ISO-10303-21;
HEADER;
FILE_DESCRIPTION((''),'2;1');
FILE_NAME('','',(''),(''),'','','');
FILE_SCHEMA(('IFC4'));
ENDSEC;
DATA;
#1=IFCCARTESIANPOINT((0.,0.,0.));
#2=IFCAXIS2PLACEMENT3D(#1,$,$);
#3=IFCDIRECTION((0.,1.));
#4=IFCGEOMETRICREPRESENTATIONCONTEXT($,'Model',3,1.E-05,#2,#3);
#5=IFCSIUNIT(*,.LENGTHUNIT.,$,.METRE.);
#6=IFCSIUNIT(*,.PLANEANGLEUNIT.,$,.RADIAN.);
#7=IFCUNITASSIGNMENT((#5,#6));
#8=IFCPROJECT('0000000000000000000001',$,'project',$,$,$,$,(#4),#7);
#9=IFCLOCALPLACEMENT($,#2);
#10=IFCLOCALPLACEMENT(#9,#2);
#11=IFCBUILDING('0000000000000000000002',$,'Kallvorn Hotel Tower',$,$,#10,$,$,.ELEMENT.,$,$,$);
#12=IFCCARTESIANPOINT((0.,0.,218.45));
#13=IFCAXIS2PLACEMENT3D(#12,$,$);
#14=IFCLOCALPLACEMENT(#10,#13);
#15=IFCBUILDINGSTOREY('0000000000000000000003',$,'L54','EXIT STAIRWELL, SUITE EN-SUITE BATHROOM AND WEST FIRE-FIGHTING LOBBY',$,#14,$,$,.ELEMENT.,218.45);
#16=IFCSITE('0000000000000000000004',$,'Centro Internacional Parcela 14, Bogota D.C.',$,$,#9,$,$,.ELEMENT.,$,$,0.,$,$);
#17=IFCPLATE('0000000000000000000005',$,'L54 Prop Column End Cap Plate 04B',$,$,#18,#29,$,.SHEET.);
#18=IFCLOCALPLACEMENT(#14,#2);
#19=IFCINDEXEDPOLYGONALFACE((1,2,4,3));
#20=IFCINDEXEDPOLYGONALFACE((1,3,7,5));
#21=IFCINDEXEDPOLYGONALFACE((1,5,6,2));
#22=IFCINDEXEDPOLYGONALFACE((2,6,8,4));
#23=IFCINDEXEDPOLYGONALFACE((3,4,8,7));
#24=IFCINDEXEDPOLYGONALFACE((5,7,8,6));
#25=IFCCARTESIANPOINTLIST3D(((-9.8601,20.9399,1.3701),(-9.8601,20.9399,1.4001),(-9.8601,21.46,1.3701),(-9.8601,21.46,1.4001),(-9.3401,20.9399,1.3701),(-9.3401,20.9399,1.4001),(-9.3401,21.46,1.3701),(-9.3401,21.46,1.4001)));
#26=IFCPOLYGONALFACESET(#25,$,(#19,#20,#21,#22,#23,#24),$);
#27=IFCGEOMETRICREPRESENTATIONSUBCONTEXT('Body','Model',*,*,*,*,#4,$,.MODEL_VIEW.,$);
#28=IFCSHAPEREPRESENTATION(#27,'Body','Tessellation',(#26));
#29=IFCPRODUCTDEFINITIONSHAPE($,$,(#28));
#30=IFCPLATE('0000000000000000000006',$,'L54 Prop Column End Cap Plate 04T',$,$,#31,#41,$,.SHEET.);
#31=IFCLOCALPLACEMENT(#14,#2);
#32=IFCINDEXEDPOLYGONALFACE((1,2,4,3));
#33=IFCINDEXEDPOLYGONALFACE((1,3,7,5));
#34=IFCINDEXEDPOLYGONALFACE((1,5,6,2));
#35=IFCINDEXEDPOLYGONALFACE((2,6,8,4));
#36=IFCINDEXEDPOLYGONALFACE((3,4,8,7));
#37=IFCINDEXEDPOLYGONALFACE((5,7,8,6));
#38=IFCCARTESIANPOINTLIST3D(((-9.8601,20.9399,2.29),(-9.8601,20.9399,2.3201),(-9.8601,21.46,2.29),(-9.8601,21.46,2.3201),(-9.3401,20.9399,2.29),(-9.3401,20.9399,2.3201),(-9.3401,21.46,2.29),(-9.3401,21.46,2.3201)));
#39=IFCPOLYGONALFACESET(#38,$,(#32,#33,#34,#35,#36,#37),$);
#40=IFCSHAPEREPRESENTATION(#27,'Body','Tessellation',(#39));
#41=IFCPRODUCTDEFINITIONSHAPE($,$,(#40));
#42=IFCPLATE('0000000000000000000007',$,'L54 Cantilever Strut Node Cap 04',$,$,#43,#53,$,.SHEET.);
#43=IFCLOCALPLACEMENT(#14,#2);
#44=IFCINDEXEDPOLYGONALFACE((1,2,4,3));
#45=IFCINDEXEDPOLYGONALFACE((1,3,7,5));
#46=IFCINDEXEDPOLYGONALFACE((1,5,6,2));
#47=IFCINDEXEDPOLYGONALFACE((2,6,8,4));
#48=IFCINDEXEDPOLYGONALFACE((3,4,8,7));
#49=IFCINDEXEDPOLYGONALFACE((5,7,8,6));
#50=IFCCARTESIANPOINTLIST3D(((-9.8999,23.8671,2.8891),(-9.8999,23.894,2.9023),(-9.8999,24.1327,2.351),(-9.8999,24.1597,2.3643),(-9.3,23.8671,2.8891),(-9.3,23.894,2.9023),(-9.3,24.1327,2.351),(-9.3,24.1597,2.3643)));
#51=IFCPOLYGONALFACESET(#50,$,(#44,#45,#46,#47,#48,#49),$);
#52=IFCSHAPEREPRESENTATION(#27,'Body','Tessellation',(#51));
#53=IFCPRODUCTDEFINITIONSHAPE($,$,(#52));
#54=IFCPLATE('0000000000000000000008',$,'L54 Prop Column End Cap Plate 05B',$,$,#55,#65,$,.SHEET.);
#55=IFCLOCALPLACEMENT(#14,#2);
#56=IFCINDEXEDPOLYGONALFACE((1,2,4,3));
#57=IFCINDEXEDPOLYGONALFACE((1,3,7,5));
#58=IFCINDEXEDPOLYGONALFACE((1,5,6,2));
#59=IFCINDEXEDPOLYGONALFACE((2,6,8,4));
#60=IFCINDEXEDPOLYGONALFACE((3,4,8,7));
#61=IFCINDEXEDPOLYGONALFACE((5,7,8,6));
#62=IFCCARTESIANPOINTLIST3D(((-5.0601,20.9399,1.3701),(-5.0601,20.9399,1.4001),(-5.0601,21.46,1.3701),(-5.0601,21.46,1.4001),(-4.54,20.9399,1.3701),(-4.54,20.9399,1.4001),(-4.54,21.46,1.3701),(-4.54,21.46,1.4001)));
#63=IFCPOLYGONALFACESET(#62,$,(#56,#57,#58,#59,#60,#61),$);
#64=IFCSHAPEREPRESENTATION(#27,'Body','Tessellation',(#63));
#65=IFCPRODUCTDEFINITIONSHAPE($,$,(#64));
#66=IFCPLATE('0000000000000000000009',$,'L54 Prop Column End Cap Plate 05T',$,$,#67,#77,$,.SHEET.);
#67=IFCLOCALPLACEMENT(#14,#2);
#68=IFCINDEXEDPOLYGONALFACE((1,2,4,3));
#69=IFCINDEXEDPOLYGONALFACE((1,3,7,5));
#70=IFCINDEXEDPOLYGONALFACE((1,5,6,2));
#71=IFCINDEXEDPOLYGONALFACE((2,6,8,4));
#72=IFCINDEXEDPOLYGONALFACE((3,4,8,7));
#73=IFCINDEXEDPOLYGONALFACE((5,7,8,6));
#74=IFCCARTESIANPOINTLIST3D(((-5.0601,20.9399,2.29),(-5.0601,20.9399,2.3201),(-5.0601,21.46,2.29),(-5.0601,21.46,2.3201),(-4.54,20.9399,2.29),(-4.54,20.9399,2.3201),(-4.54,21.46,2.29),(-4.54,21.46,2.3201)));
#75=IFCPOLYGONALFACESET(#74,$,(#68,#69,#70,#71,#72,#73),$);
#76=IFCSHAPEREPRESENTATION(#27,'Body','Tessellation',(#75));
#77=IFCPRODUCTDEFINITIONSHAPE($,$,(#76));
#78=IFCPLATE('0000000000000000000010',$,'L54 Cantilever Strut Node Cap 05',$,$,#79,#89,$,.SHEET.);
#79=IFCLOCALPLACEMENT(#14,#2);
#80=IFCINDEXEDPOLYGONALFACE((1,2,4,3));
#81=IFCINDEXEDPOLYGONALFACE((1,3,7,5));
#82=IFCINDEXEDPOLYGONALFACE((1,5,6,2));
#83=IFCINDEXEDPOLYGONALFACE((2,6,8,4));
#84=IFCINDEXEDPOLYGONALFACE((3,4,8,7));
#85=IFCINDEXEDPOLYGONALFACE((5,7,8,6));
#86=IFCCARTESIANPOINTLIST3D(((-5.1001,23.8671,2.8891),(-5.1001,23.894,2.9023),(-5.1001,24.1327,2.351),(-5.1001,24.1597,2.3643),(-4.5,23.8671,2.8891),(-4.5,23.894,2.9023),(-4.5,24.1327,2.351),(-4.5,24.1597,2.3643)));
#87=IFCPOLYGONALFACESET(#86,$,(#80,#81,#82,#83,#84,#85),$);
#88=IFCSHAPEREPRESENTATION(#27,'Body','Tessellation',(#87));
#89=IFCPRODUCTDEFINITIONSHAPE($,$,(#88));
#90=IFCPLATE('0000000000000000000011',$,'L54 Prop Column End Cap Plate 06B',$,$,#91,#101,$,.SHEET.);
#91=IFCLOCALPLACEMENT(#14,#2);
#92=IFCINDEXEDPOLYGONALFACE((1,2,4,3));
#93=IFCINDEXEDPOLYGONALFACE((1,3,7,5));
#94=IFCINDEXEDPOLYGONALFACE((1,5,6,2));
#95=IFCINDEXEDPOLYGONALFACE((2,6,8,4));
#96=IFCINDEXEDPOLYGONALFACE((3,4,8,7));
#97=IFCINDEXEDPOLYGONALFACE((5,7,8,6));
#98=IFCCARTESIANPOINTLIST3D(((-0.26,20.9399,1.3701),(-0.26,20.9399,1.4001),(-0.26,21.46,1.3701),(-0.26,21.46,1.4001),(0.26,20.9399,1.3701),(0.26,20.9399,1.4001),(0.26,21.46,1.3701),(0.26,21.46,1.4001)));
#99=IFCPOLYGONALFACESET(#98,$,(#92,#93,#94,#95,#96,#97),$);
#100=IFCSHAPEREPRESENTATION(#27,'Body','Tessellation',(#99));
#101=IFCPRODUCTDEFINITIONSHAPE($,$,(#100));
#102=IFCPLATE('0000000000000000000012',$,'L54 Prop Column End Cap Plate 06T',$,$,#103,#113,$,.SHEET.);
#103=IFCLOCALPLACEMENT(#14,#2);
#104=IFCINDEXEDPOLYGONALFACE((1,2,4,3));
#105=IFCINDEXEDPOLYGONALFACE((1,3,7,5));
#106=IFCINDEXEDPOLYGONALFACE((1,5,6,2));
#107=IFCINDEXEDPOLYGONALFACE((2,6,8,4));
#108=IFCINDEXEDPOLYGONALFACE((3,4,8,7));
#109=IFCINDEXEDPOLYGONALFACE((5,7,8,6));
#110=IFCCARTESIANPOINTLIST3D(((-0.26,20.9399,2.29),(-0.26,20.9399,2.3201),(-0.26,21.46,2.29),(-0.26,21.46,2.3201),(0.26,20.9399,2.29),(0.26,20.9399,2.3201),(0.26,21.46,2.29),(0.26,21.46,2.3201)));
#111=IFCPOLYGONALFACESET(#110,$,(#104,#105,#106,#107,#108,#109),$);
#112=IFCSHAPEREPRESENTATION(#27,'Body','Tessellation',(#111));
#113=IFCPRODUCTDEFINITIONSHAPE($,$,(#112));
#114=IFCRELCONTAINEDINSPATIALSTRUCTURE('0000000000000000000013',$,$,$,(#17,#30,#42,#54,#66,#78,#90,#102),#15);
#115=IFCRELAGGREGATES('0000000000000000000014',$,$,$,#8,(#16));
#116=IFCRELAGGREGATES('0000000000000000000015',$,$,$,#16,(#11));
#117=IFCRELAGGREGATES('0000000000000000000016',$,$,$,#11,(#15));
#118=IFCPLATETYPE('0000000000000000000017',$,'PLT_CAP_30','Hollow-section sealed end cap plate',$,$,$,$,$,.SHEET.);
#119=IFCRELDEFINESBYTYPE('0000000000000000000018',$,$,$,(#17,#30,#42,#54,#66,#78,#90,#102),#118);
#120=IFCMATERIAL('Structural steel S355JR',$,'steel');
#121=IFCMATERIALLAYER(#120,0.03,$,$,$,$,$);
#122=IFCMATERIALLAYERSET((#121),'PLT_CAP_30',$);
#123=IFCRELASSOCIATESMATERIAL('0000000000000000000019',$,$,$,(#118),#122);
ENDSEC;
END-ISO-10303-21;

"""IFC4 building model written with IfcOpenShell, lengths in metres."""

from ifc_helpers import new_model, si_unit, direction, frame, origin, origin_2d, place, context, subcontext, project, spatial, polyline, rectangle, outline, extrude, material, layer, layer_set, type_object, element, save


model = new_model("IFC4")

# Units and contexts
model_context = context("Model", 3, precision=1e-05, world=origin(), true_north=direction((0.0, 1.0)))
body_context = subcontext(model_context, "Body", "Model", "MODEL_VIEW")
ifc_project = project(units=[si_unit("LENGTHUNIT", "METRE"), si_unit("PLANEANGLEUNIT", "RADIAN")], contexts=[model_context])

# Site, building, storey
site_placement = place(None, origin())
site = spatial("IfcSite", under=ifc_project, at=site_placement, Name="Centro Internacional Parcela 14, Bogota D.C.", CompositionType="ELEMENT", RefElevation=0.0)
building_placement = place(site_placement, origin())
building = spatial("IfcBuilding", under=site, at=building_placement, Name="Kallvorn Hotel Tower", CompositionType="ELEMENT")
storey_placement = place(building_placement, frame((0.0, 0.0, 218.45)))
storey = spatial("IfcBuildingStorey", under=building, at=storey_placement, Name="L54", Description="EXIT STAIRWELL, SUITE EN-SUITE BATHROOM AND WEST FIRE-FIGHTING LOBBY", CompositionType="ELEMENT", Elevation=218.45)

# Plates
ifc_material_1 = material(Name="Structural steel S355JR", Category="steel")
ifc_layer_1 = layer(ifc_material_1, 0.03)
ifc_layer_set_1 = layer_set([ifc_layer_1], Name="PLT_CAP_30")
plate_type_1 = type_object("IfcPlateType", Name="PLT_CAP_30", Description="Hollow-section sealed end cap plate", PredefinedType="SHEET", material=ifc_layer_set_1)
for number, where, z_axis, x_axis, name in (
    (1, (-9.6001, 21.2, 1.3701), (0.0, 0.0, 1.0), (1.0, 0.0, 0.0), "L54 Prop Column End Cap Plate 04B"),
    (2, (-9.6001, 21.2, 2.29), (0.0, 0.0, 1.0), (1.0, 0.0, 0.0), "L54 Prop Column End Cap Plate 04T"),
):
    element("IfcPlate", number, at=place(storey_placement, frame(where, z_axis=z_axis, x_axis=x_axis)), inside=storey, type_object=plate_type_1, Name=name, PredefinedType="SHEET", context=body_context, shape_type="SweptSolid", body=[
        extrude(rectangle(XDim=0.52, YDim=0.52, at=origin_2d()), origin(), (0.0, 0.0, 1.0), 0.03),
    ])
plate_1_placement = place(storey_placement, frame((-9.3, 24.1597, 2.3643), z_axis=(0.0, 0.896694, 0.442651), x_axis=(-1.0, 0.0, 0.0)))
element("IfcPlate", 3, at=plate_1_placement, inside=storey, type_object=plate_type_1, Name="L54 Cantilever Strut Node Cap 04", PredefinedType="SHEET", context=body_context, shape_type="SweptSolid", body=[
    extrude(outline(polyline([(0.0, 0.0), (0.5999, 0.0), (0.5999, 0.6001), (0.0, 0.6001), (0.0, 0.0)])), origin(), (0.0, 0.0, -1.0), 0.03),
])
for number, where, z_axis, x_axis, name in (
    (4, (-4.8, 21.2, 1.3701), (0.0, 0.0, 1.0), (1.0, 0.0, 0.0), "L54 Prop Column End Cap Plate 05B"),
    (5, (-4.8, 21.2, 2.29), (0.0, 0.0, 1.0), (1.0, 0.0, 0.0), "L54 Prop Column End Cap Plate 05T"),
):
    element("IfcPlate", number, at=place(storey_placement, frame(where, z_axis=z_axis, x_axis=x_axis)), inside=storey, type_object=plate_type_1, Name=name, PredefinedType="SHEET", context=body_context, shape_type="SweptSolid", body=[
        extrude(rectangle(XDim=0.52, YDim=0.52, at=origin_2d()), origin(), (0.0, 0.0, 1.0), 0.03),
    ])
plate_2_placement = place(storey_placement, frame((-4.5, 24.1597, 2.3643), z_axis=(0.0, 0.896694, 0.442651), x_axis=(-1.0, 0.0, 0.0)))
element("IfcPlate", 6, at=plate_2_placement, inside=storey, type_object=plate_type_1, Name="L54 Cantilever Strut Node Cap 05", PredefinedType="SHEET", context=body_context, shape_type="SweptSolid", body=[
    extrude(outline(polyline([(0.0, 0.0), (0.6001, 0.0), (0.6001, 0.6001), (0.0, 0.6001), (0.0, 0.0)])), origin(), (0.0, 0.0, -1.0), 0.03),
])
for number, where, z_axis, x_axis, name in (
    (7, (0.0, 21.2, 1.3701), (0.0, 0.0, 1.0), (1.0, 0.0, 0.0), "L54 Prop Column End Cap Plate 06B"),
    (8, (0.0, 21.2, 2.29), (0.0, 0.0, 1.0), (1.0, 0.0, 0.0), "L54 Prop Column End Cap Plate 06T"),
):
    element("IfcPlate", number, at=place(storey_placement, frame(where, z_axis=z_axis, x_axis=x_axis)), inside=storey, type_object=plate_type_1, Name=name, PredefinedType="SHEET", context=body_context, shape_type="SweptSolid", body=[
        extrude(rectangle(XDim=0.52, YDim=0.52, at=origin_2d()), origin(), (0.0, 0.0, 1.0), 0.03),
    ])

save(model, "model.ifc")
